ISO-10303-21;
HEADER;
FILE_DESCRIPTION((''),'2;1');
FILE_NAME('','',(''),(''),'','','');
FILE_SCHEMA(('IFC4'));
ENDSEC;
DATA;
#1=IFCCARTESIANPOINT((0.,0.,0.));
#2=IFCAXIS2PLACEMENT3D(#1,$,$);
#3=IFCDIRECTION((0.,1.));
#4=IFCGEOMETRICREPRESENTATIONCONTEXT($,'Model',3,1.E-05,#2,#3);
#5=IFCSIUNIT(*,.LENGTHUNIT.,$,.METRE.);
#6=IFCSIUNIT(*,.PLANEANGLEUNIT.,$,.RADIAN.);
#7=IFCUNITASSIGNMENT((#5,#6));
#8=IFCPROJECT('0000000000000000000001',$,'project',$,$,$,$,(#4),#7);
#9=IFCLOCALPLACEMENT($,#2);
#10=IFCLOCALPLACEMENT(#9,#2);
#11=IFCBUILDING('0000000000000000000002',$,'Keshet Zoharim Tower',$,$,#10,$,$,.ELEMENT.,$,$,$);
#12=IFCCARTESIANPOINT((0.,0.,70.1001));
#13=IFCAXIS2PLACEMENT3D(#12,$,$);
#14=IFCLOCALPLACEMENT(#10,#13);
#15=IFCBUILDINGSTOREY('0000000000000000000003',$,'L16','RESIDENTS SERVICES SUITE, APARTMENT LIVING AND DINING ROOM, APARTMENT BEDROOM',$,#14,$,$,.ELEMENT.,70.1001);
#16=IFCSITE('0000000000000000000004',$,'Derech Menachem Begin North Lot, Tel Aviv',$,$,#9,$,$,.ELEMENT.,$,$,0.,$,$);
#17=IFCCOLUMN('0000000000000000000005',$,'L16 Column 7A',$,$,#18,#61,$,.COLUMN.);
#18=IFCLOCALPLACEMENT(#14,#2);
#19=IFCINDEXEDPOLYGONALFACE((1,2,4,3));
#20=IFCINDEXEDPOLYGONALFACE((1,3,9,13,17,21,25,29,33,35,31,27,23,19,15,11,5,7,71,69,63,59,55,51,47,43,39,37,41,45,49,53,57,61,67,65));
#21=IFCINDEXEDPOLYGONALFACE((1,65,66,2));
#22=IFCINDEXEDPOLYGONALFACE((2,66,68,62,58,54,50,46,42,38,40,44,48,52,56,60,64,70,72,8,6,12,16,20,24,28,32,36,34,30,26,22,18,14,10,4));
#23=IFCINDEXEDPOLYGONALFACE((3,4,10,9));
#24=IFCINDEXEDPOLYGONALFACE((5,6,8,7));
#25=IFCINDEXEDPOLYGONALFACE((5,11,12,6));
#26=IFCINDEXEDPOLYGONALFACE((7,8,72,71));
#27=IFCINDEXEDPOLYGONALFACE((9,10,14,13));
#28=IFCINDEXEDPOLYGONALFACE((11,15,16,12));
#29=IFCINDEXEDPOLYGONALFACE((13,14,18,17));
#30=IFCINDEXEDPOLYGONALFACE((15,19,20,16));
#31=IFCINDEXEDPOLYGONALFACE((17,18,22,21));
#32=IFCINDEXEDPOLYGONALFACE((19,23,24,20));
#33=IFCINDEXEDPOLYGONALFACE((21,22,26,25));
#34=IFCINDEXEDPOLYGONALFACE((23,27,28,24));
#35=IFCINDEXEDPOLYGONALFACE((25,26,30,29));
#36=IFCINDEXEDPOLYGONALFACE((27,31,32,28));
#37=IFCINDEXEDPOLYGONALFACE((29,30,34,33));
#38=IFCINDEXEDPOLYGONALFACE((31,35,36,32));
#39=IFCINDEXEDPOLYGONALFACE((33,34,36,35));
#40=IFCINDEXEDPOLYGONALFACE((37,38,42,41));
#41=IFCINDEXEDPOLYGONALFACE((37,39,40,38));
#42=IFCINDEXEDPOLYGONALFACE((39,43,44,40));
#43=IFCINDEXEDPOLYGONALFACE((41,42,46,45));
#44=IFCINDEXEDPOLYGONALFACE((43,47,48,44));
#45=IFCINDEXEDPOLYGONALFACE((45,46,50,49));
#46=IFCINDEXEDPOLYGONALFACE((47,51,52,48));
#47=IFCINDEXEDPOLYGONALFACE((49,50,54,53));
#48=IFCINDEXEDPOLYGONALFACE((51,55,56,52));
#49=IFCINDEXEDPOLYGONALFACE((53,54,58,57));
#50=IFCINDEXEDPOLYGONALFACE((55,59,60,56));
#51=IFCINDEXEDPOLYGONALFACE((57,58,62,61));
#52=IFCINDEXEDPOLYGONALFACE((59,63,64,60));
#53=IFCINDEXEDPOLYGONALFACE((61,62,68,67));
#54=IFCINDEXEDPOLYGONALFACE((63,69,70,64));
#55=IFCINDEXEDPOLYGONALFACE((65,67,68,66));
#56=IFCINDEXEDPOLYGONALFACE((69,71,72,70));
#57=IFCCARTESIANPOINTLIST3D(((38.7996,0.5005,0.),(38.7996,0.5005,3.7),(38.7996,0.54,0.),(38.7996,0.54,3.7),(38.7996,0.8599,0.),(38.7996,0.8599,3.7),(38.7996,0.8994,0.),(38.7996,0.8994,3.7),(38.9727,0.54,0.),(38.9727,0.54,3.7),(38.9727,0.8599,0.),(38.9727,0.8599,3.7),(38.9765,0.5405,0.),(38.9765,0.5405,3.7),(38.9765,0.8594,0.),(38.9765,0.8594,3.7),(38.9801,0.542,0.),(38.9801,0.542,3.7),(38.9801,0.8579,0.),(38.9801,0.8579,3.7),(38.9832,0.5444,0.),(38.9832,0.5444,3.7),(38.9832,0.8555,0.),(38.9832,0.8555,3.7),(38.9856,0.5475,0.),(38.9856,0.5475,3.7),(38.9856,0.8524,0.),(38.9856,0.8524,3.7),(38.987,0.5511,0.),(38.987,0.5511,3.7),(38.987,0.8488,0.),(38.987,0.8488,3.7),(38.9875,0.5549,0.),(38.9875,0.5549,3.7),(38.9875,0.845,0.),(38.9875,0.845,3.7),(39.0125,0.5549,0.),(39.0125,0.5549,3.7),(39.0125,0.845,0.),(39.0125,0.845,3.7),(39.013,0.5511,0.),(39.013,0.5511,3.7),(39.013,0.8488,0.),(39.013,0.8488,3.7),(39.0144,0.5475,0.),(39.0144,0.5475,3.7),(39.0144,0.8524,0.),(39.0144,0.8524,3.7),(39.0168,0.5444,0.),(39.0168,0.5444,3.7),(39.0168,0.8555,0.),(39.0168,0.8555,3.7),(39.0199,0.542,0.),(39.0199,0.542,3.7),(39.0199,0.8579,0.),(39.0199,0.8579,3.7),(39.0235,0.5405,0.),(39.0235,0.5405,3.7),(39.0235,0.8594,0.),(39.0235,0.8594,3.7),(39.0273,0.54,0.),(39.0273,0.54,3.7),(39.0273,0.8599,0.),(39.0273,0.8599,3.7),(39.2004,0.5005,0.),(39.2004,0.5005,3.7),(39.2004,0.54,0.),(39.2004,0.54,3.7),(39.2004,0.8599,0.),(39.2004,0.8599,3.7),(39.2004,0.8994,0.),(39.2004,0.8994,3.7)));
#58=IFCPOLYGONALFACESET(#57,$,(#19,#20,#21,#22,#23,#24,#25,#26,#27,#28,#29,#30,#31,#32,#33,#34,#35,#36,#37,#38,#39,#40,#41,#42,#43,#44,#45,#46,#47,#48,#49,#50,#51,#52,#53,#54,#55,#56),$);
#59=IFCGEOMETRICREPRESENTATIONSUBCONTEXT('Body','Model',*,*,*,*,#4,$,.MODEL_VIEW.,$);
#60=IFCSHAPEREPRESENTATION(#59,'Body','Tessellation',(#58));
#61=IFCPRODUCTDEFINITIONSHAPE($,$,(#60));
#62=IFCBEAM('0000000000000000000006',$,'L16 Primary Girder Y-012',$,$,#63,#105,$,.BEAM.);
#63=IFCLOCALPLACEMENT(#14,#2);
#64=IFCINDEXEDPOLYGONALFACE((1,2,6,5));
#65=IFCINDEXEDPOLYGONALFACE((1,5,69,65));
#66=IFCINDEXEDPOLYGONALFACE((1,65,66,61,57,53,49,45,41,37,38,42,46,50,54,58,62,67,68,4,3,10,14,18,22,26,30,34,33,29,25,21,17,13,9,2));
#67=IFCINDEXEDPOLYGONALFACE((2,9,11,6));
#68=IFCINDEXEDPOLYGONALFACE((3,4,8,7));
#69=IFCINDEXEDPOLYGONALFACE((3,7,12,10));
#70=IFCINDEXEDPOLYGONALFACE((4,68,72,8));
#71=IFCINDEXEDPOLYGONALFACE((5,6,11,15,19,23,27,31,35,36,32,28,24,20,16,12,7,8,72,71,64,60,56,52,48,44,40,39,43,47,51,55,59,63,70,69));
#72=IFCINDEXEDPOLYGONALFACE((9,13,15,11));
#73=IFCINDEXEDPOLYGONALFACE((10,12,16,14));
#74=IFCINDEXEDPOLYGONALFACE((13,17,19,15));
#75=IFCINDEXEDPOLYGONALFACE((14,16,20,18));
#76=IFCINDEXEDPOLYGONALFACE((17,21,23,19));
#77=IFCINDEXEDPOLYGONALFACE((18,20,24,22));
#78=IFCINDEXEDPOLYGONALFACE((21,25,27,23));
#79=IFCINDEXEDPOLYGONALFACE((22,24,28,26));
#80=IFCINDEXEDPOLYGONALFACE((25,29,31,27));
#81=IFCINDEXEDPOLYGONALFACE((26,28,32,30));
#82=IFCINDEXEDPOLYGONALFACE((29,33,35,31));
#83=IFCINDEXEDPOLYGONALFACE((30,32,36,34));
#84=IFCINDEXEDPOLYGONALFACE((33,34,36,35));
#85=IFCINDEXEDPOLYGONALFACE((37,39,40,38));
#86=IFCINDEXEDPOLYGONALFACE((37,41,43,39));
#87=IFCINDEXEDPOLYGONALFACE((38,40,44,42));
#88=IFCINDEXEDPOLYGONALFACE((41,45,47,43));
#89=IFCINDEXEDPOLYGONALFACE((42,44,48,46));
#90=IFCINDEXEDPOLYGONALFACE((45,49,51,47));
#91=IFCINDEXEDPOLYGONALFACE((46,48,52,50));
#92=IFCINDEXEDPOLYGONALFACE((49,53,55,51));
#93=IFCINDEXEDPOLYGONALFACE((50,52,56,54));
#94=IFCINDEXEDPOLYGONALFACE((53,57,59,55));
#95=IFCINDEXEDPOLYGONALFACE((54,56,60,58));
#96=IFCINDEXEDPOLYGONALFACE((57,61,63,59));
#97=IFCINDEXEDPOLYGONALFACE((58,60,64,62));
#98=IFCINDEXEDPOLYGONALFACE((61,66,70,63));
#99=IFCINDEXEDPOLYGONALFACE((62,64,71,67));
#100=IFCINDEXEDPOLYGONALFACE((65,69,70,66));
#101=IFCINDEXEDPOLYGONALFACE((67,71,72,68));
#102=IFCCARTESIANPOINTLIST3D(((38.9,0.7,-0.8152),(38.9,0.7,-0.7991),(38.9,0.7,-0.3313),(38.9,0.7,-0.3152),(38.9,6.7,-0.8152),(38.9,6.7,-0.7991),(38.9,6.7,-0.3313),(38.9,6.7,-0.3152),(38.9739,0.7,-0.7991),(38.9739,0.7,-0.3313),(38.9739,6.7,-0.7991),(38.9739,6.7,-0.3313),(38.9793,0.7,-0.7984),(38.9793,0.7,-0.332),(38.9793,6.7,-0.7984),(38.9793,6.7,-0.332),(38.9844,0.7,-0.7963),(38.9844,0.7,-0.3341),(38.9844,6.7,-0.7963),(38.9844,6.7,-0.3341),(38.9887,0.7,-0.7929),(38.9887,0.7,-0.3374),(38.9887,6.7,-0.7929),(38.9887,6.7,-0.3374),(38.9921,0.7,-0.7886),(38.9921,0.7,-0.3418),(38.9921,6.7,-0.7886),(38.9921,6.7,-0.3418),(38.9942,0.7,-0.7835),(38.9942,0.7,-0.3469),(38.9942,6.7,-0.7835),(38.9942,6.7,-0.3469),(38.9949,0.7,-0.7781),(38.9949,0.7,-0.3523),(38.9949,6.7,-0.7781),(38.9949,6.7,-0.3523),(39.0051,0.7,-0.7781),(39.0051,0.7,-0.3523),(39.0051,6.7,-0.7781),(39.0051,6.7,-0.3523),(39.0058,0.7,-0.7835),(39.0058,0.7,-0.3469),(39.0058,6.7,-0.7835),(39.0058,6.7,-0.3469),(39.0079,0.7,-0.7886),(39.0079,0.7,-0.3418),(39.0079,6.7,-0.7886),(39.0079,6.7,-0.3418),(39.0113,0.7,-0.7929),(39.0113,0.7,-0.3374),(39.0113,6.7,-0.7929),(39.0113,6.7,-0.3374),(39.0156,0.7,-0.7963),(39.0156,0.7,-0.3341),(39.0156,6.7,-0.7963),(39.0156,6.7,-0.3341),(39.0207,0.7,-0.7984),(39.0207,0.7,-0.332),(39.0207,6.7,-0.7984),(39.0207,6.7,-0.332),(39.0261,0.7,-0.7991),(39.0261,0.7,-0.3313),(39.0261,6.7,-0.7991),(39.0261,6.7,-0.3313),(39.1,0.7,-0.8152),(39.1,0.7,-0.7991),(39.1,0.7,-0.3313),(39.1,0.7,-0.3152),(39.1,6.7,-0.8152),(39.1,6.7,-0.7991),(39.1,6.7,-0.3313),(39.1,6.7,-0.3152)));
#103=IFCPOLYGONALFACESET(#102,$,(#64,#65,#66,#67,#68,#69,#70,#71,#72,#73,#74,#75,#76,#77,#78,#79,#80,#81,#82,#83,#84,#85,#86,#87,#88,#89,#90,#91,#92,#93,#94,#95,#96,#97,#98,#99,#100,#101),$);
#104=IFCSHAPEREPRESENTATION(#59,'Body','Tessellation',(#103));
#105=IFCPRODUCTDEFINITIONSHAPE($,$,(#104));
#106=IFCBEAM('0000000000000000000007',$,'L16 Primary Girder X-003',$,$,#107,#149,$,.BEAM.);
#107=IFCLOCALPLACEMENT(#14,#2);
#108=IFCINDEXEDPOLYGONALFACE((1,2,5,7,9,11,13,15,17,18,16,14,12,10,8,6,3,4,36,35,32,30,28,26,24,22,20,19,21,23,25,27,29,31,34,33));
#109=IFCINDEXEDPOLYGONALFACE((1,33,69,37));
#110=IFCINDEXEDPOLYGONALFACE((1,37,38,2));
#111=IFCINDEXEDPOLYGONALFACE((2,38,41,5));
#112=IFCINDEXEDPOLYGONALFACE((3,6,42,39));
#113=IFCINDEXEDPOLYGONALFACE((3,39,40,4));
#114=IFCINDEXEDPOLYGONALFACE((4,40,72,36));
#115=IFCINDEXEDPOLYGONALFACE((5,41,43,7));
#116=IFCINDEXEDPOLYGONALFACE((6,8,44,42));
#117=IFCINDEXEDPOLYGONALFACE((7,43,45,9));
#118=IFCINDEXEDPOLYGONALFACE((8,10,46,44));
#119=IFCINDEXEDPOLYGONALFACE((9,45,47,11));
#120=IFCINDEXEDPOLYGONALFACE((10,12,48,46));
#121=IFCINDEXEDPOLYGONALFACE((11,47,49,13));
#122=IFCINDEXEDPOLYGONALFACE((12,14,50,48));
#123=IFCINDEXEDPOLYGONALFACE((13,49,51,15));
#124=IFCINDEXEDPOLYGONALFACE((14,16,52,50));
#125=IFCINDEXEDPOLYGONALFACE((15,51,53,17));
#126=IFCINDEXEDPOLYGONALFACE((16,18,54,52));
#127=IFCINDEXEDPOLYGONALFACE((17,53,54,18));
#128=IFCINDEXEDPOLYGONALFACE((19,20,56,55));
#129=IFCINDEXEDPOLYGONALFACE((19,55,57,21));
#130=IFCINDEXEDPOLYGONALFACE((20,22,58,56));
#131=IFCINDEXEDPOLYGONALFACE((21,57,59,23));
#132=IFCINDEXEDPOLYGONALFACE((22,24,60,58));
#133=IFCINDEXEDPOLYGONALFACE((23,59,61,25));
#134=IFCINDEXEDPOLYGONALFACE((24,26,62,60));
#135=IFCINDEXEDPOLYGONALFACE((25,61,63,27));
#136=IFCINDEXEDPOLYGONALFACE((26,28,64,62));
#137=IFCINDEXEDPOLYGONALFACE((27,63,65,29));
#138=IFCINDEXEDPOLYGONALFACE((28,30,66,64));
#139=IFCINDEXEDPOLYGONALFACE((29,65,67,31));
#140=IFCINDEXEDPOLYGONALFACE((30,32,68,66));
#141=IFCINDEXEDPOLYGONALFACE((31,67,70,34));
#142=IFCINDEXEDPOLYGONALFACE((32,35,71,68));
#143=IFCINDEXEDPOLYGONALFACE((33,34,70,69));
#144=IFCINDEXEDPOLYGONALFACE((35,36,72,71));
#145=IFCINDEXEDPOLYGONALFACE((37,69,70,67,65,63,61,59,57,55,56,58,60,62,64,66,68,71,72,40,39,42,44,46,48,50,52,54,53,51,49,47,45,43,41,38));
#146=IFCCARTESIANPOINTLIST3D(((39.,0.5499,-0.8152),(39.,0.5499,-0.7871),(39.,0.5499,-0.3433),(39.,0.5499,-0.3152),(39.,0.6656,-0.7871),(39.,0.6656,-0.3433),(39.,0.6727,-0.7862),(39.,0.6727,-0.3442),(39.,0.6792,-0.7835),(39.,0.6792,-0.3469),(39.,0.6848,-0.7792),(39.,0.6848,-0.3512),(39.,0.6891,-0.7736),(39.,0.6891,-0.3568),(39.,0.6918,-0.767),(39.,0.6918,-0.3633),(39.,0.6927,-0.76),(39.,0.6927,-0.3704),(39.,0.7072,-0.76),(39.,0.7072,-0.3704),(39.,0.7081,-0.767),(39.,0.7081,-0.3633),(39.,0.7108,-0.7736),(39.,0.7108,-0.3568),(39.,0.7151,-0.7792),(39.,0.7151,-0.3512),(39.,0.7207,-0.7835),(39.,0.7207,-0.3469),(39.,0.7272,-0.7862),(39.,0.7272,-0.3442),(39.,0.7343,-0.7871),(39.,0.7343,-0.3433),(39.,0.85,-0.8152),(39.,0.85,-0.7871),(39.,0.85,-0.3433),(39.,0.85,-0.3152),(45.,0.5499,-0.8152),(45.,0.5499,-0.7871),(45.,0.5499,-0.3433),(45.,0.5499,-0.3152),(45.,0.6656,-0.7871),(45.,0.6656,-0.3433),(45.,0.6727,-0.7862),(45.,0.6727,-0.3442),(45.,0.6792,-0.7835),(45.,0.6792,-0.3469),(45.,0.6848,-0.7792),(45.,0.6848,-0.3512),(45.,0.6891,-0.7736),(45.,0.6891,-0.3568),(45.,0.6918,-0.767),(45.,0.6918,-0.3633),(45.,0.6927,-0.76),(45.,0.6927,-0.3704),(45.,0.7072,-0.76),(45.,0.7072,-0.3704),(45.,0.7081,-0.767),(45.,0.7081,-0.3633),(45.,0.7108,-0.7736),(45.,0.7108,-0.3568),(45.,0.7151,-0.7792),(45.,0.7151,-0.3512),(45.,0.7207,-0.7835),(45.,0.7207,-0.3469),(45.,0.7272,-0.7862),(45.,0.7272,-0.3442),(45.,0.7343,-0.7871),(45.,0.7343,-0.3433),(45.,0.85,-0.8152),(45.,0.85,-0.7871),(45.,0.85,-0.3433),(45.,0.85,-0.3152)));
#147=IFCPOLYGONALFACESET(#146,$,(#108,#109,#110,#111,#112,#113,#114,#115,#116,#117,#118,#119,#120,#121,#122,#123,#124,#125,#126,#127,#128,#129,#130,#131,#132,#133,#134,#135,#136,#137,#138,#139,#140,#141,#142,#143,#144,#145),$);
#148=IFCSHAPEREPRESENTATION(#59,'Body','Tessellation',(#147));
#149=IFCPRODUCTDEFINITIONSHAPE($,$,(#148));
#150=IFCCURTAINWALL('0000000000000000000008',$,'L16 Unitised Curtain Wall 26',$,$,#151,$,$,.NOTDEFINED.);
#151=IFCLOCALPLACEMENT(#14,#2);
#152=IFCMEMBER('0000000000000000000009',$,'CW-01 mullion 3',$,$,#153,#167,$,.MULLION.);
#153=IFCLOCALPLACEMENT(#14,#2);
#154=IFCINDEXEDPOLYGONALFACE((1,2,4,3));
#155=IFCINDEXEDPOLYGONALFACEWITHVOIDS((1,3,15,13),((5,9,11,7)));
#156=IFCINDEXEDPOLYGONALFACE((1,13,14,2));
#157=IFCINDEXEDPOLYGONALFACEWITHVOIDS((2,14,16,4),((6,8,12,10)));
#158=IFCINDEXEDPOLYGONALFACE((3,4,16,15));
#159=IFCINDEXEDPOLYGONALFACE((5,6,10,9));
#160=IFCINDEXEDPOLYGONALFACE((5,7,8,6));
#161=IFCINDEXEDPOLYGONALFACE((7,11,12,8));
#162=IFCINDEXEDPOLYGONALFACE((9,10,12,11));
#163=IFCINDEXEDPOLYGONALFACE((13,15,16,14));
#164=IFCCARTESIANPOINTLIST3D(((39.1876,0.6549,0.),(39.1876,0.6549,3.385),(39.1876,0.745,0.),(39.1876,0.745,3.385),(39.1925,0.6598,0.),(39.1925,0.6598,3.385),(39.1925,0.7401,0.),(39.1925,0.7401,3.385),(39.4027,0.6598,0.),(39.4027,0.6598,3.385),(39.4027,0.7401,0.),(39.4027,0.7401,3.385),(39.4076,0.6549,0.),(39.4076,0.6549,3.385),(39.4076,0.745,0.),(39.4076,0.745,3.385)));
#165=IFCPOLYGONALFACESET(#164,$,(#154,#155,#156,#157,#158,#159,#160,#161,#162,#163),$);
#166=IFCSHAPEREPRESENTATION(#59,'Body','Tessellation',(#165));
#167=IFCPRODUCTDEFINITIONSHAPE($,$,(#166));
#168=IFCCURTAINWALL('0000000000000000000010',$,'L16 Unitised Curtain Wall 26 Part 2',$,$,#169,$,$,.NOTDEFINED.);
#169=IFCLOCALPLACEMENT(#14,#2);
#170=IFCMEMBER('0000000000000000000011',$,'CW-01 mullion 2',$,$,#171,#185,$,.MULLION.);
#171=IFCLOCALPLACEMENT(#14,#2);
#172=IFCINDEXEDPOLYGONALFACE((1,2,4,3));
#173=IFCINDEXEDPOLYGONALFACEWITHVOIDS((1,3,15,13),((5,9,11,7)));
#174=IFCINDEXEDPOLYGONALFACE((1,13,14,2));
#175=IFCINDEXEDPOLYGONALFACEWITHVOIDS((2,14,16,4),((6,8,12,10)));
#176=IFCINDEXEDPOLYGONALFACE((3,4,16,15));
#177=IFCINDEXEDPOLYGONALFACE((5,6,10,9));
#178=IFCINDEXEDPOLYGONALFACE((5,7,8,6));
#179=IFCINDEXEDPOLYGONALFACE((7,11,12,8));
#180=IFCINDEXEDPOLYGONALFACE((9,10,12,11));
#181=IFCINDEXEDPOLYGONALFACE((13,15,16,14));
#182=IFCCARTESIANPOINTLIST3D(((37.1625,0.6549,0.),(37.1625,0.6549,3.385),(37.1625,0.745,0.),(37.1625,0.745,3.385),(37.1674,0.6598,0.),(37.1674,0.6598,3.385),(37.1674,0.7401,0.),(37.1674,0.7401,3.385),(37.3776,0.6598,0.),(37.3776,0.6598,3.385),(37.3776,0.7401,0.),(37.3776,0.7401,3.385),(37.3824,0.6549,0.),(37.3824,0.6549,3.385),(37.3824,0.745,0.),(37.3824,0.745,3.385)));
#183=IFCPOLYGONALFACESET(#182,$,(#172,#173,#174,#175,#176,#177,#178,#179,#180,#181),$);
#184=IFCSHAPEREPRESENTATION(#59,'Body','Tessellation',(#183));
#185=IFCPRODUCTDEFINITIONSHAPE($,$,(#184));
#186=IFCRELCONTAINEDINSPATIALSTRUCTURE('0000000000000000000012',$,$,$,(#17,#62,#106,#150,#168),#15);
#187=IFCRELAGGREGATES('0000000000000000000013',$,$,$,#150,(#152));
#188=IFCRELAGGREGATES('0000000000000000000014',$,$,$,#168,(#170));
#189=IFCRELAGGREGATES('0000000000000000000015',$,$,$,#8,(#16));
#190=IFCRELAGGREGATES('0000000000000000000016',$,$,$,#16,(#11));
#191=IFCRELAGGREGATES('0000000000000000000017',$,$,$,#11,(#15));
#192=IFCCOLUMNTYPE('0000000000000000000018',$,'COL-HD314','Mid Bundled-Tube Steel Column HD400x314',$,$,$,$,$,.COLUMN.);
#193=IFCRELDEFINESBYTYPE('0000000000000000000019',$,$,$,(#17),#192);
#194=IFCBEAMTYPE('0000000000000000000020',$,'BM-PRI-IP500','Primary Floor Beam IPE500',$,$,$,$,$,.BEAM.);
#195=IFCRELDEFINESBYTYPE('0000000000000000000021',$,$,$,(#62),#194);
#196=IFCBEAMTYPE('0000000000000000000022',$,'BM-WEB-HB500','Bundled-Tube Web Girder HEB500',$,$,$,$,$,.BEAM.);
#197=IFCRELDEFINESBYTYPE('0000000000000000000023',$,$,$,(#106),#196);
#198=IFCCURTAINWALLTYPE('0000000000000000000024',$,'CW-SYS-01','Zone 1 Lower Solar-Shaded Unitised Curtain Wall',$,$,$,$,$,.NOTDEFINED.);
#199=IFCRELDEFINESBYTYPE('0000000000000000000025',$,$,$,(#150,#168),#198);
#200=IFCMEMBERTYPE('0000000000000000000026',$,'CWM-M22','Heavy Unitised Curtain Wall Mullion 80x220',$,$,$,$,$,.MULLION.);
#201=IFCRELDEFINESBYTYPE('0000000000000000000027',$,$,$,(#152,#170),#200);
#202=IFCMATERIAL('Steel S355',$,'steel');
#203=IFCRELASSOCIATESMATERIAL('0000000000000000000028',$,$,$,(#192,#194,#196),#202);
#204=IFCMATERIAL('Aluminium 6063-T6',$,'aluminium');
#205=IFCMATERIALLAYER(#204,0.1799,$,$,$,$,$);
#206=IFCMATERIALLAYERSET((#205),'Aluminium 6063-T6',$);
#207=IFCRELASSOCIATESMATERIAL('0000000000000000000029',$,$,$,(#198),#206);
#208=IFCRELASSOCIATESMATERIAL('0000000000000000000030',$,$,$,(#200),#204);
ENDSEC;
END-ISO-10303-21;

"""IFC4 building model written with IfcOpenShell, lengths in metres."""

from ifc_helpers import new_model, si_unit, direction, frame, origin, origin_2d, place, context, subcontext, project, spatial, hollow_rectangle, i_section, extrude, material, layer, layer_set, material_profile, profile_set, type_object, element, aggregate, save


model = new_model("IFC4")

# Units and contexts
model_context = context("Model", 3, precision=1e-05, world=origin(), true_north=direction((0.0, 1.0)))
body_context = subcontext(model_context, "Body", "Model", "MODEL_VIEW")
ifc_project = project(units=[si_unit("LENGTHUNIT", "METRE"), si_unit("PLANEANGLEUNIT", "RADIAN")], contexts=[model_context])

# Site, building, storey
site_placement = place(None, origin())
site = spatial("IfcSite", under=ifc_project, at=site_placement, Name="Derech Menachem Begin North Lot, Tel Aviv", CompositionType="ELEMENT", RefElevation=0.0)
building_placement = place(site_placement, origin())
building = spatial("IfcBuilding", under=site, at=building_placement, Name="Keshet Zoharim Tower", CompositionType="ELEMENT")
storey_placement = place(building_placement, frame((0.0, 0.0, 70.1001)))
storey = spatial("IfcBuildingStorey", under=building, at=storey_placement, Name="L16", Description="RESIDENTS SERVICES SUITE, APARTMENT LIVING AND DINING ROOM, APARTMENT BEDROOM", CompositionType="ELEMENT", Elevation=70.1001)

# Column
ifc_material_1 = material(Name="Steel S355", Category="steel")
ifc_material_profile_1 = material_profile(ifc_material_1, i_section(OverallWidth=0.4009, OverallDepth=0.3989, WebThickness=0.0249, FlangeThickness=0.0396, FilletRadius=0.0149, at=origin_2d()), Name="HD400x314")
ifc_profile_set_1 = profile_set([ifc_material_profile_1], Name="Steel S355")
column_type = type_object("IfcColumnType", Name="COL-HD314", Description="Mid Bundled-Tube Steel Column HD400x314", PredefinedType="COLUMN", material=ifc_profile_set_1)
column_placement = place(storey_placement, frame((39.0, 0.7, 0.0), z_axis=(0.0, 0.0, 1.0), x_axis=(1.0, 0.0, 0.0)))
element("IfcColumn", 1, at=column_placement, inside=storey, type_object=column_type, Name="L16 Column 7A", PredefinedType="COLUMN", context=body_context, shape_type="SweptSolid", body=[
    extrude(i_section(OverallWidth=0.4009, OverallDepth=0.3989, WebThickness=0.0249, FlangeThickness=0.0396, FilletRadius=0.0149, at=origin_2d()), origin(), (0.0, 0.0, 1.0), 3.7),
])

# Beams
ifc_material_profile_2 = material_profile(ifc_material_1, i_section(OverallWidth=0.2, OverallDepth=0.5, WebThickness=0.0103, FlangeThickness=0.0161, FilletRadius=0.021, at=origin_2d()), Name="IPE500")
ifc_profile_set_2 = profile_set([ifc_material_profile_2], Name="Steel S355")
beam_type_1 = type_object("IfcBeamType", Name="BM-PRI-IP500", Description="Primary Floor Beam IPE500", PredefinedType="BEAM", material=ifc_profile_set_2)
beam_1_placement = place(storey_placement, frame((39.0, 0.7, -0.5652), z_axis=(0.0, 1.0, 0.0), x_axis=(-1.0, 0.0, 0.0)))
element("IfcBeam", 2, at=beam_1_placement, inside=storey, type_object=beam_type_1, Name="L16 Primary Girder Y-012", PredefinedType="BEAM", context=body_context, shape_type="SweptSolid", body=[
    extrude(i_section(OverallWidth=0.2, OverallDepth=0.5, WebThickness=0.0103, FlangeThickness=0.0161, FilletRadius=0.021, at=origin_2d()), origin(), (0.0, 0.0, 1.0), 6.0),
])
ifc_material_profile_3 = material_profile(ifc_material_1, i_section(OverallWidth=0.3, OverallDepth=0.5, WebThickness=0.0144, FlangeThickness=0.0281, FilletRadius=0.0271, at=origin_2d()), Name="HEB500")
ifc_profile_set_3 = profile_set([ifc_material_profile_3], Name="Steel S355")
beam_type_2 = type_object("IfcBeamType", Name="BM-WEB-HB500", Description="Bundled-Tube Web Girder HEB500", PredefinedType="BEAM", material=ifc_profile_set_3)
beam_2_placement = place(storey_placement, frame((39.0, 0.7, -0.5652), z_axis=(1.0, 0.0, 0.0), x_axis=(0.0, 1.0, 0.0)))
element("IfcBeam", 3, at=beam_2_placement, inside=storey, type_object=beam_type_2, Name="L16 Primary Girder X-003", PredefinedType="BEAM", context=body_context, shape_type="SweptSolid", body=[
    extrude(i_section(OverallWidth=0.3, OverallDepth=0.5, WebThickness=0.0144, FlangeThickness=0.0281, FilletRadius=0.0271, at=origin_2d()), origin(), (0.0, 0.0, 1.0), 6.0),
])

# Curtain walls, members
ifc_material_2 = material(Name="Aluminium 6063-T6", Category="aluminium")
ifc_layer_1 = layer(ifc_material_2, 0.1799)
ifc_layer_set_1 = layer_set([ifc_layer_1], Name="Aluminium 6063-T6")
curtain_wall_type = type_object("IfcCurtainWallType", Name="CW-SYS-01", Description="Zone 1 Lower Solar-Shaded Unitised Curtain Wall", PredefinedType="NOTDEFINED", material=ifc_layer_set_1)
curtain_wall_1_placement = place(storey_placement, origin())
curtain_wall_1 = element("IfcCurtainWall", 4, at=curtain_wall_1_placement, inside=storey, type_object=curtain_wall_type, Name="L16 Unitised Curtain Wall 26", PredefinedType="NOTDEFINED")
ifc_material_profile_4 = material_profile(ifc_material_2, hollow_rectangle(XDim=0.0901, YDim=0.22, WallThickness=0.0049, at=origin_2d()), Name="MUL-90x220")
ifc_profile_set_4 = profile_set([ifc_material_profile_4], Name="Aluminium 6063-T6")
member_type_1 = type_object("IfcMemberType", Name="CWM-M22", Description="Heavy Unitised Curtain Wall Mullion 80x220", PredefinedType="MULLION", material=ifc_profile_set_4)
member_1_placement = place(storey_placement, frame((39.2976, 0.7, 0.0), z_axis=(0.0, 0.0, 1.0), x_axis=(0.0, -1.0, 0.0)))
member_1 = element("IfcMember", 5, at=member_1_placement, type_object=member_type_1, Name="CW-01 mullion 3", PredefinedType="MULLION", context=body_context, shape_type="SweptSolid", body=[
    extrude(hollow_rectangle(XDim=0.0901, YDim=0.22, WallThickness=0.0049, at=origin_2d()), origin(), (0.0, 0.0, 1.0), 3.385),
])
curtain_wall_2_placement = place(storey_placement, origin())
curtain_wall_2 = element("IfcCurtainWall", 6, at=curtain_wall_2_placement, inside=storey, type_object=curtain_wall_type, Name="L16 Unitised Curtain Wall 26 Part 2", PredefinedType="NOTDEFINED")
member_2_placement = place(storey_placement, frame((37.2725, 0.7, 0.0), z_axis=(0.0, 0.0, 1.0), x_axis=(0.0, -1.0, 0.0)))
member_2 = element("IfcMember", 7, at=member_2_placement, type_object=member_type_1, Name="CW-01 mullion 2", PredefinedType="MULLION", context=body_context, shape_type="SweptSolid", body=[
    extrude(hollow_rectangle(XDim=0.0901, YDim=0.22, WallThickness=0.0049, at=origin_2d()), origin(), (0.0, 0.0, 1.0), 3.385),
])

aggregate(curtain_wall_1, [member_1])
aggregate(curtain_wall_2, [member_2])

save(model, "model.ifc")
